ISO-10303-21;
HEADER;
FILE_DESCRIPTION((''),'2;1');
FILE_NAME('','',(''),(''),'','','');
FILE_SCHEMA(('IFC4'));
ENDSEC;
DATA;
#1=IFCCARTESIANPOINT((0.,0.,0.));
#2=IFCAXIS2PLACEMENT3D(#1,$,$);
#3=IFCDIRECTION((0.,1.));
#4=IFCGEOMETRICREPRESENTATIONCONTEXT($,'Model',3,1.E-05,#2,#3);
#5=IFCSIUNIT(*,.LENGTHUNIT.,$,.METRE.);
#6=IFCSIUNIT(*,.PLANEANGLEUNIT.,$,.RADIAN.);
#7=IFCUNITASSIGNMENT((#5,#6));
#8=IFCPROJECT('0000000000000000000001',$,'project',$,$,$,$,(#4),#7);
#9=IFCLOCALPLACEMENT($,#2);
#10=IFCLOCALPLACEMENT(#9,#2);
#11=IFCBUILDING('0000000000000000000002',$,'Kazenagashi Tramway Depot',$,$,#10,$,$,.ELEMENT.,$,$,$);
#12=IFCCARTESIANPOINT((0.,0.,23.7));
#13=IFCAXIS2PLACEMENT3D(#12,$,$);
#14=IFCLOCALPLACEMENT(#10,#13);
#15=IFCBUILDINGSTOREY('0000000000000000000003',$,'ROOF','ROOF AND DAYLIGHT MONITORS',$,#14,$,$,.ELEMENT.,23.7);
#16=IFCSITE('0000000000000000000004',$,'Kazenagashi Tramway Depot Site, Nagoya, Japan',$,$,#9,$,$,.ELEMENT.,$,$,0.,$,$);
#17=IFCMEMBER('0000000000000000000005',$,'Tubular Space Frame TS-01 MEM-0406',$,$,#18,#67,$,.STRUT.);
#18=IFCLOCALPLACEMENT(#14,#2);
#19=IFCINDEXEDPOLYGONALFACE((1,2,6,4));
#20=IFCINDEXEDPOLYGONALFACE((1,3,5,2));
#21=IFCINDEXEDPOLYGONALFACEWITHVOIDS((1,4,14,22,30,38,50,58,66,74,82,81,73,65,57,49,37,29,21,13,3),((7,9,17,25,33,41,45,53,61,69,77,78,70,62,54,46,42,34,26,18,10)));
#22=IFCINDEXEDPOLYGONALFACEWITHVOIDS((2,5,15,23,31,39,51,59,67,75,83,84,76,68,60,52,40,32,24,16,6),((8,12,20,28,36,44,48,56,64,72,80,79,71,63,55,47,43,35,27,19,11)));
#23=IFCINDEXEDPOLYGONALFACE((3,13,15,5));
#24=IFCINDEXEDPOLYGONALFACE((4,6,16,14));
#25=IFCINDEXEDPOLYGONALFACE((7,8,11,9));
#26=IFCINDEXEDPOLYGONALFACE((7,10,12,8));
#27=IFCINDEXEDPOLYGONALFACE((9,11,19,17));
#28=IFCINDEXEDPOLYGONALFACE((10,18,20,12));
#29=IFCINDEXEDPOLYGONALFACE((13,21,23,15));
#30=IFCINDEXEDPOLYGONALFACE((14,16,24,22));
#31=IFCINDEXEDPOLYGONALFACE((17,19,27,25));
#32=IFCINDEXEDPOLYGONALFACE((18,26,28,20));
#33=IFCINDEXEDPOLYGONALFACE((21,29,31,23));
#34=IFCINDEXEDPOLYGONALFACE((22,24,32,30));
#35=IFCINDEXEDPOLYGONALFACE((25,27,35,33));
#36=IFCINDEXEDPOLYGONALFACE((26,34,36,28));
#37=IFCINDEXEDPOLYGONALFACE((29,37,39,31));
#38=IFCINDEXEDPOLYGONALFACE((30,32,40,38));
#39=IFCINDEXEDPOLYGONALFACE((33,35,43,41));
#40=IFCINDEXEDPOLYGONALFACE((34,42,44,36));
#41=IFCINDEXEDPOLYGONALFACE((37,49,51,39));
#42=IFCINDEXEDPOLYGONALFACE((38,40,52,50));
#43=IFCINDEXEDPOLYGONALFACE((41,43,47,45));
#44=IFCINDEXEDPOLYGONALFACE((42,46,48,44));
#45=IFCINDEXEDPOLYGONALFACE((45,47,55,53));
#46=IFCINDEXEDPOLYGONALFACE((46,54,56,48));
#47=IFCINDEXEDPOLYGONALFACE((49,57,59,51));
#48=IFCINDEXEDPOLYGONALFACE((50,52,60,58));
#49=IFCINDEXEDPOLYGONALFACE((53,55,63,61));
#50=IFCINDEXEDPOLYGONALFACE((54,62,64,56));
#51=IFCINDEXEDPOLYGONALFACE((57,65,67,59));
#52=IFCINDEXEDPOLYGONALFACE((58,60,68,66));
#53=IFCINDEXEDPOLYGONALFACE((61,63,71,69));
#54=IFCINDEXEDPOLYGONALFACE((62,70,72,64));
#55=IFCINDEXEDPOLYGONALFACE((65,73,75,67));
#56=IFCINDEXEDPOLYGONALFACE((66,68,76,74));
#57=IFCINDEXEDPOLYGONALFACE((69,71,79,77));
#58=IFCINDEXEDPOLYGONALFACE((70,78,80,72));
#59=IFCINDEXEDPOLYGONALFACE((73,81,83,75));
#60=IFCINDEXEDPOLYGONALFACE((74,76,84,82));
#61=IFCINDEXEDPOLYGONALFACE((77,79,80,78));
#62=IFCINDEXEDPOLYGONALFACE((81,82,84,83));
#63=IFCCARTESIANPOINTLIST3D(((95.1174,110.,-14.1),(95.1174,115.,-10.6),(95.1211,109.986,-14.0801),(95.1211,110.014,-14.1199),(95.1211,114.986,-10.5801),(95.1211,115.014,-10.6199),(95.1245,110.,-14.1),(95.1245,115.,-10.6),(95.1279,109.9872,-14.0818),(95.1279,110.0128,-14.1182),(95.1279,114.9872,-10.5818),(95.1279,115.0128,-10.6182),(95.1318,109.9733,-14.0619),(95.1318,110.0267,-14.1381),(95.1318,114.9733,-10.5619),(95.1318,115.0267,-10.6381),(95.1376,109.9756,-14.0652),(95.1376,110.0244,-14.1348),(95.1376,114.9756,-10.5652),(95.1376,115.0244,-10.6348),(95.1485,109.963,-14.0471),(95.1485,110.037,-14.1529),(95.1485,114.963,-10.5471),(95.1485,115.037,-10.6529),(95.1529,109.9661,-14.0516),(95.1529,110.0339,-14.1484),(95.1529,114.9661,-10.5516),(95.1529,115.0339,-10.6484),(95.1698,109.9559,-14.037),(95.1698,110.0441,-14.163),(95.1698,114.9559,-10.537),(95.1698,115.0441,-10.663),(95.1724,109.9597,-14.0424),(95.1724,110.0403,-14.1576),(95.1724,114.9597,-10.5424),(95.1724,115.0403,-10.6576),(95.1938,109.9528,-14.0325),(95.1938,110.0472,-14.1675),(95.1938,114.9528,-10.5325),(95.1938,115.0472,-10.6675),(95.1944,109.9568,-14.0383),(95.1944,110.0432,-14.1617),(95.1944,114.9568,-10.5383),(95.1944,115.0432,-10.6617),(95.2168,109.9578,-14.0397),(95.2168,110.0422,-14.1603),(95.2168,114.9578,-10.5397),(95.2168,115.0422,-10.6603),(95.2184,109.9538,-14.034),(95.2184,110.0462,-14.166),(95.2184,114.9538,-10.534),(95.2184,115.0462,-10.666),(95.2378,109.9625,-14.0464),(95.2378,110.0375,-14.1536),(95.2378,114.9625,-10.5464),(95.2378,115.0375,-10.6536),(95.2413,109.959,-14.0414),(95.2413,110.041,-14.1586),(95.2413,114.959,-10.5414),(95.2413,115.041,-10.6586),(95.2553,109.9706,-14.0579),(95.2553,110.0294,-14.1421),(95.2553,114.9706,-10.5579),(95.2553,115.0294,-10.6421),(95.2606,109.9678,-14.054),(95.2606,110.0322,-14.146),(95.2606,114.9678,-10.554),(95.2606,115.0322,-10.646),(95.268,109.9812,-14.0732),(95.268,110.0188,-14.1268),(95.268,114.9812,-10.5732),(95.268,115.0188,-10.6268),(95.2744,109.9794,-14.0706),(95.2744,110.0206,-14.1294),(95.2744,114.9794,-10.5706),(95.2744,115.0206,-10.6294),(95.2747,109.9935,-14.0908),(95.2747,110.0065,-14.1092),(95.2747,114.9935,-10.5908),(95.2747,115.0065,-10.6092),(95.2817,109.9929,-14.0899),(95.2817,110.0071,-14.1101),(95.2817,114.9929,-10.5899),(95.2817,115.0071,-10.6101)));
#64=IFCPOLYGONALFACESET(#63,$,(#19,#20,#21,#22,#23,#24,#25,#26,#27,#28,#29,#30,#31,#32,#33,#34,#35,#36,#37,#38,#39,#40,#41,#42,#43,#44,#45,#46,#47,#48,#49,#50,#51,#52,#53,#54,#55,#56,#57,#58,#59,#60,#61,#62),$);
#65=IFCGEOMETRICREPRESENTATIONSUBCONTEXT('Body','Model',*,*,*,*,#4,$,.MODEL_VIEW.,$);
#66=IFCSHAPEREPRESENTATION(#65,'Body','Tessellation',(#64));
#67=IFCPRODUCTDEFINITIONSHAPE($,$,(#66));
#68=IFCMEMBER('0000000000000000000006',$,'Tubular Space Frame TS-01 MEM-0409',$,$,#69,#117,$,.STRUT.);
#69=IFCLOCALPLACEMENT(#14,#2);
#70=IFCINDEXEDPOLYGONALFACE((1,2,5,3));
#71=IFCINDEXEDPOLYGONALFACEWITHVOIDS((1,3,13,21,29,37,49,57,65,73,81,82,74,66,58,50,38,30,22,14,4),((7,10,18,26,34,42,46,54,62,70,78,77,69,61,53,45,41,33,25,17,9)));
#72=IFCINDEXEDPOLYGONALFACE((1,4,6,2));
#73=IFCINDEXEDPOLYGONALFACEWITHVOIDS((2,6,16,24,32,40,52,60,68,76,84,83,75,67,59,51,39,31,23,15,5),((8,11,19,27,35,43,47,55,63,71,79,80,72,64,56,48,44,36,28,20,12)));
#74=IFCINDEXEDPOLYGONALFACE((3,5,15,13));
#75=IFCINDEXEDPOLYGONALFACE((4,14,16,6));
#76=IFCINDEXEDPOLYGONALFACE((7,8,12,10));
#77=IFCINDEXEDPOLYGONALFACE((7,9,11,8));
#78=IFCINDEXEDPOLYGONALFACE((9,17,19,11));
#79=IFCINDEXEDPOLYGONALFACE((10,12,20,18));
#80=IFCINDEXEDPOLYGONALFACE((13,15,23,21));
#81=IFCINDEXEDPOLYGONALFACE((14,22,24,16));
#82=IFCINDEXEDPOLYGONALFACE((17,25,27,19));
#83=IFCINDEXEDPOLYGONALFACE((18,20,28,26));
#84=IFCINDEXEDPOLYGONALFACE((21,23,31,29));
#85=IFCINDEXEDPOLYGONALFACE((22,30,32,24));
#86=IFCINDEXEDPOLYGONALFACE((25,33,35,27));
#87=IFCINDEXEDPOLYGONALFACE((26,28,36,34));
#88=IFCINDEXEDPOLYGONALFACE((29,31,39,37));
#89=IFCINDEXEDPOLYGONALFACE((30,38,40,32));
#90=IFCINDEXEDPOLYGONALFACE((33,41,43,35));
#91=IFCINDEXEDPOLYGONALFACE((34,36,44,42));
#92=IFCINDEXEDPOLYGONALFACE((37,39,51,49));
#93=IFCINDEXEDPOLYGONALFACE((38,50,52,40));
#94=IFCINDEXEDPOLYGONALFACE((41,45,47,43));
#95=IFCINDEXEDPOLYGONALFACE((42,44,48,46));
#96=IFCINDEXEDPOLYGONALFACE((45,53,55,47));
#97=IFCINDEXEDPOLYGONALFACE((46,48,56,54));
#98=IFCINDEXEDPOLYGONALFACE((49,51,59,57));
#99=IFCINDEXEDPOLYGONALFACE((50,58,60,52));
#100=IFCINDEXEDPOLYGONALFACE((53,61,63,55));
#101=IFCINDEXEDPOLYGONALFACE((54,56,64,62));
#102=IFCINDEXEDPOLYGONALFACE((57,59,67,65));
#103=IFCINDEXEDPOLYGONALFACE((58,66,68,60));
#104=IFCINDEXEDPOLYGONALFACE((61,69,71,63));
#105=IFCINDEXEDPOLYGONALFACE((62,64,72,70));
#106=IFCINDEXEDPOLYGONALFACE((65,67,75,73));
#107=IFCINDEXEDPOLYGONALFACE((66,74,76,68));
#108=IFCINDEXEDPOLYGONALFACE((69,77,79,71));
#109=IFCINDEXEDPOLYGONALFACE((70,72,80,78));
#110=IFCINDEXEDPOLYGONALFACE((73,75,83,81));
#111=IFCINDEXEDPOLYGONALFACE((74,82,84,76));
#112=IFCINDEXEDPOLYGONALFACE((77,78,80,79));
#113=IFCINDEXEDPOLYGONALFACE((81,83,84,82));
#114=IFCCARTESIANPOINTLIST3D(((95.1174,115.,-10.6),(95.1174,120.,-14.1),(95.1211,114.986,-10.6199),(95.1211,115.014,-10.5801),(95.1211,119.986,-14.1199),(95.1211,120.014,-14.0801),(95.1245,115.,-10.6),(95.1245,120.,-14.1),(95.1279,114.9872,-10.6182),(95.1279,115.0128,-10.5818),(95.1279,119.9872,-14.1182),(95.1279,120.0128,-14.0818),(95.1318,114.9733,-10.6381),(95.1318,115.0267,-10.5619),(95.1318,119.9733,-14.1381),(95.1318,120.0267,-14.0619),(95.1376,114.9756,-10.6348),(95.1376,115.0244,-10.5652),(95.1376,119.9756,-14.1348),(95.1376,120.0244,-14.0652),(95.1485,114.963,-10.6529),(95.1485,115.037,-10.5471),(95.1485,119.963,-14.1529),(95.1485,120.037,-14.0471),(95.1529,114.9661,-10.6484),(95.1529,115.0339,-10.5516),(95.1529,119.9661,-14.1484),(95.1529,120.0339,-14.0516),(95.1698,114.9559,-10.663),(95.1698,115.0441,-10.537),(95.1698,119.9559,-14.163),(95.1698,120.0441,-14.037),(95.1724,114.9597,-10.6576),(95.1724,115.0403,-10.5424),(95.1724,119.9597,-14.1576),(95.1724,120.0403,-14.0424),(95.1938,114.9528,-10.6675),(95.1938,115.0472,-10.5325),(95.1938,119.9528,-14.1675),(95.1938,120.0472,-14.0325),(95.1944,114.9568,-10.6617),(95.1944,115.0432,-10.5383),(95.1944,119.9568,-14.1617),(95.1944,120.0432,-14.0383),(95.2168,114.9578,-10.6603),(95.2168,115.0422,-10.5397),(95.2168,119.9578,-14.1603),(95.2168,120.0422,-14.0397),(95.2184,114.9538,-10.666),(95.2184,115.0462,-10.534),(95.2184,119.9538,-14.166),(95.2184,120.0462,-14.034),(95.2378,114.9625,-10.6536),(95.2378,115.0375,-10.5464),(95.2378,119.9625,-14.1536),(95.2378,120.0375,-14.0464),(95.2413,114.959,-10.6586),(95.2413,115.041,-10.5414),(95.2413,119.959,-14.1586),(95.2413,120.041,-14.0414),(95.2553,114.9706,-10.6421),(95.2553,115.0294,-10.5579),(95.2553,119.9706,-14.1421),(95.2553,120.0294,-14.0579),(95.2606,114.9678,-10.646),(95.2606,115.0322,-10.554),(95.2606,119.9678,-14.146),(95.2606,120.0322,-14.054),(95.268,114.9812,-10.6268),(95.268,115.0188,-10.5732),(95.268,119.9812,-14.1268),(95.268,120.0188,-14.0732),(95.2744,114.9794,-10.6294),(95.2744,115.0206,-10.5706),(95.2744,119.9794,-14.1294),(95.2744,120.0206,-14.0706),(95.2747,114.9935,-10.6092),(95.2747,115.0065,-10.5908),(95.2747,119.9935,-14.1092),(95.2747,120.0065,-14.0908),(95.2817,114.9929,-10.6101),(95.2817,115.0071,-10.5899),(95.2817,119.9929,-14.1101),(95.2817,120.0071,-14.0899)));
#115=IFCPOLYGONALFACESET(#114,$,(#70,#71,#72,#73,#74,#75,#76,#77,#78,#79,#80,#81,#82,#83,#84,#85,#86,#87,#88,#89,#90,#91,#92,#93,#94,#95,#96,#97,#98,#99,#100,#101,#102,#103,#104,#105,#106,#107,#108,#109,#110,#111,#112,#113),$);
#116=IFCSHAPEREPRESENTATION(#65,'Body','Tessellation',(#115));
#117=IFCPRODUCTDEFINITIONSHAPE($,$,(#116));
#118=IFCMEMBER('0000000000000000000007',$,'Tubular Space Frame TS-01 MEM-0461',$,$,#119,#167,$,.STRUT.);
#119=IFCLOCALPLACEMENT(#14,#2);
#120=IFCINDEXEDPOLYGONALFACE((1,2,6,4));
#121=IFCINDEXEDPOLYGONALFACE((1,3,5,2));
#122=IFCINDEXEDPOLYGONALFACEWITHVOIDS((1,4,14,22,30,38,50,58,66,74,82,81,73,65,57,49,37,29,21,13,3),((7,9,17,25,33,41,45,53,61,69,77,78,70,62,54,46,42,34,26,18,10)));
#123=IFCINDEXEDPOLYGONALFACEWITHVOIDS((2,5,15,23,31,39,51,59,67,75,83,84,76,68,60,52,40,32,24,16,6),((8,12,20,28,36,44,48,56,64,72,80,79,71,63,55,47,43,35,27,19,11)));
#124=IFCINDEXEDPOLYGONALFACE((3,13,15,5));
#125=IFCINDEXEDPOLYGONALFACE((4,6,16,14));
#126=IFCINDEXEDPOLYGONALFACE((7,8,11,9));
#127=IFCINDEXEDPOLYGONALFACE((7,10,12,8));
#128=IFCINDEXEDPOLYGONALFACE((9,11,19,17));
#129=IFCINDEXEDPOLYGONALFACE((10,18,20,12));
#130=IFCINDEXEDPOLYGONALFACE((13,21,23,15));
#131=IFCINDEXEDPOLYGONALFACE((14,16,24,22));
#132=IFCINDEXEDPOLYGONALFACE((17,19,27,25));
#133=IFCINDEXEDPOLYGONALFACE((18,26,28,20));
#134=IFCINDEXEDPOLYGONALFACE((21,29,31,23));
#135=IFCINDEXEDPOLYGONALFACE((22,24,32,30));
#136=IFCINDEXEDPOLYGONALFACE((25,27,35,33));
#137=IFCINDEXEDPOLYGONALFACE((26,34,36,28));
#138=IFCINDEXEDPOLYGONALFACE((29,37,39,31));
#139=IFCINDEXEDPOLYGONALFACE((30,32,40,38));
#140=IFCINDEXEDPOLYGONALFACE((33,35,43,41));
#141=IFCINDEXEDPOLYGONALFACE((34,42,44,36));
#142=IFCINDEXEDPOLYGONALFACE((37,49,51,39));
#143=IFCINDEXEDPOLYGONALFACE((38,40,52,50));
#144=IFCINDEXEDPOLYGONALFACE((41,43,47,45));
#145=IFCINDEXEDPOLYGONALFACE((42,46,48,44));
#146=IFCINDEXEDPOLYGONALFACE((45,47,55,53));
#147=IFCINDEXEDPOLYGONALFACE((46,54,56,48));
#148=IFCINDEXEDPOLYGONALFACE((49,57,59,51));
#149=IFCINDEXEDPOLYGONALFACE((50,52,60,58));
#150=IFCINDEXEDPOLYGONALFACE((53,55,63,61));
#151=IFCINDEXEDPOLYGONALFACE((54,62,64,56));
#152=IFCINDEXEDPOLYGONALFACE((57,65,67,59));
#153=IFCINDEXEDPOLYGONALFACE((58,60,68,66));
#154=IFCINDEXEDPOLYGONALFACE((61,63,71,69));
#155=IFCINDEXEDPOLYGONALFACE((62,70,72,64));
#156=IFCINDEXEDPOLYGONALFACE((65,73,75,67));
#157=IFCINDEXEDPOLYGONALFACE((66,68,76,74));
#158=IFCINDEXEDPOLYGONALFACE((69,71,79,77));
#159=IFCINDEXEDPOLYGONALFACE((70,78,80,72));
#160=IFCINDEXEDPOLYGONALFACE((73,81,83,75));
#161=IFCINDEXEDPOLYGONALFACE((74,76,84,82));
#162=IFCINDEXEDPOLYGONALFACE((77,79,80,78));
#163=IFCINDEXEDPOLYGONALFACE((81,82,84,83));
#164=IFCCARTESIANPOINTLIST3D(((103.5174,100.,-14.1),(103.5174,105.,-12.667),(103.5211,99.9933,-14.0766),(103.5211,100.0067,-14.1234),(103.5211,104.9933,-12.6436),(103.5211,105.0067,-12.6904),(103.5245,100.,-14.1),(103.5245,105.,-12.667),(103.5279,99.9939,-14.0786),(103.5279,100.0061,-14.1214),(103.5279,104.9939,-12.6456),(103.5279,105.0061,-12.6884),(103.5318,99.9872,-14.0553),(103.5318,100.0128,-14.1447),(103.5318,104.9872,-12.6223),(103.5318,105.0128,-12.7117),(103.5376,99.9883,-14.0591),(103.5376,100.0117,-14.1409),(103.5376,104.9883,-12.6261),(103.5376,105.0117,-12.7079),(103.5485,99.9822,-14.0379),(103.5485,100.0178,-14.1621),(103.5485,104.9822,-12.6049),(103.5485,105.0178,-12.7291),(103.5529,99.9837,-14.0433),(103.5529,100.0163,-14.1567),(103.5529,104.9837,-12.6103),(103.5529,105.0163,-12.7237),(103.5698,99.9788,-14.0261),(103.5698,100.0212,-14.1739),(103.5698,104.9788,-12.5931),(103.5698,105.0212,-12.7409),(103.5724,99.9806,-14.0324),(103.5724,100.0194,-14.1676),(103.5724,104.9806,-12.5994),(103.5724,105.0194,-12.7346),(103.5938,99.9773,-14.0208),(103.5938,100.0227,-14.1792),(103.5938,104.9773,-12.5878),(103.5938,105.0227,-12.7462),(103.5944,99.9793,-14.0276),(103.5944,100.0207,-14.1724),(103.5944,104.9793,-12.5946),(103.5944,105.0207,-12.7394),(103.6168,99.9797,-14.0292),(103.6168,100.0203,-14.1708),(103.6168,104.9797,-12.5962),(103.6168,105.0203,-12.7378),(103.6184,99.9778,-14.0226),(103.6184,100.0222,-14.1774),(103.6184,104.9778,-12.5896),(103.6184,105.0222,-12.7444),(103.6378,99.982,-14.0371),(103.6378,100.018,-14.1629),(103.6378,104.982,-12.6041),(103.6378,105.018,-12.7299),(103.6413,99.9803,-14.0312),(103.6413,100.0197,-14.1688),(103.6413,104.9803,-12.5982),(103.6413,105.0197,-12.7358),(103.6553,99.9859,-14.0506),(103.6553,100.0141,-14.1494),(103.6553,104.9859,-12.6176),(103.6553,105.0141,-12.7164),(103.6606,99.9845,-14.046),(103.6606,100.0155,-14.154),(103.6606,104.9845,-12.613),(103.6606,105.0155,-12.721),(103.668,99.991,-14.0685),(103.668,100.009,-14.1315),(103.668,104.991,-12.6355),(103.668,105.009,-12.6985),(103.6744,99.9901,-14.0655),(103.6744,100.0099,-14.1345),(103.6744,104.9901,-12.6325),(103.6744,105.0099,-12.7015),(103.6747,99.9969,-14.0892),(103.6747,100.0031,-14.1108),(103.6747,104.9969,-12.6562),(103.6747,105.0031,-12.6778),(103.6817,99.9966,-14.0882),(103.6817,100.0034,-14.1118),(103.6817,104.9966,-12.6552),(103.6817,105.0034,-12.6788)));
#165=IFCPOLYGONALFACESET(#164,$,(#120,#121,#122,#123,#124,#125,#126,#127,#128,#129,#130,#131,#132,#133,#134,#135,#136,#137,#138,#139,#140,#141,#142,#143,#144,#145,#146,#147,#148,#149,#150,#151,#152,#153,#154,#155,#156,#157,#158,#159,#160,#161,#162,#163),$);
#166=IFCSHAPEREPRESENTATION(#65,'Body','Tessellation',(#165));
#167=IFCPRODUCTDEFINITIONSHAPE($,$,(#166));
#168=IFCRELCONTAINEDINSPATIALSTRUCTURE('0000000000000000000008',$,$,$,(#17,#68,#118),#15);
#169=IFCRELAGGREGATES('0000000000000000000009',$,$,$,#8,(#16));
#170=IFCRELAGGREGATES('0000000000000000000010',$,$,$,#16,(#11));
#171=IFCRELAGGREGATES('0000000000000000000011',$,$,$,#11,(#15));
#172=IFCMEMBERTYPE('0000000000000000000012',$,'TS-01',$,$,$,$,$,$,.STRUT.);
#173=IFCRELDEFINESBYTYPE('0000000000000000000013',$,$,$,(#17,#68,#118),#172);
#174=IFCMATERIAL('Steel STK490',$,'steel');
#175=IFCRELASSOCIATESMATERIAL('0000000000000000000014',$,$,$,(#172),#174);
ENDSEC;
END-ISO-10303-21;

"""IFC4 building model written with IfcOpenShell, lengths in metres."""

from ifc_helpers import new_model, si_unit, direction, frame, origin, origin_2d, place, context, subcontext, project, spatial, hollow_circle, extrude, material, material_profile, profile_set, type_object, element, save


model = new_model("IFC4")

# Units and contexts
model_context = context("Model", 3, precision=1e-05, world=origin(), true_north=direction((0.0, 1.0)))
body_context = subcontext(model_context, "Body", "Model", "MODEL_VIEW")
ifc_project = project(units=[si_unit("LENGTHUNIT", "METRE"), si_unit("PLANEANGLEUNIT", "RADIAN")], contexts=[model_context])

# Site, building, storey
site_placement = place(None, origin())
site = spatial("IfcSite", under=ifc_project, at=site_placement, Name="Kazenagashi Tramway Depot Site, Nagoya, Japan", CompositionType="ELEMENT", RefElevation=0.0)
building_placement = place(site_placement, origin())
building = spatial("IfcBuilding", under=site, at=building_placement, Name="Kazenagashi Tramway Depot", CompositionType="ELEMENT")
storey_placement = place(building_placement, frame((0.0, 0.0, 23.7)))
storey = spatial("IfcBuildingStorey", under=building, at=storey_placement, Name="ROOF", Description="ROOF AND DAYLIGHT MONITORS", CompositionType="ELEMENT", Elevation=23.7)

# Members
ifc_material_1 = material(Name="Steel STK490", Category="steel")
ifc_material_profile_1 = material_profile(ifc_material_1, hollow_circle(Radius=0.0826, WallThickness=0.0071, at=origin_2d()), Name="CHS-165.2x7.1")
ifc_profile_set_1 = profile_set([ifc_material_profile_1], Name="Steel STK490")
member_type_1 = type_object("IfcMemberType", Name="TS-01", PredefinedType="STRUT", material=ifc_profile_set_1)
for number, where, z_axis, x_axis, name in (
    (1, (95.2, 110.0, -14.1), (0.0, 0.819232, 0.573462), (-1.0, 0.0, 0.0), "Tubular Space Frame TS-01 MEM-0406"),
    (2, (95.2, 115.0, -10.6), (0.0, 0.819232, -0.573462), (-1.0, 0.0, 0.0), "Tubular Space Frame TS-01 MEM-0409"),
):
    element("IfcMember", number, at=place(storey_placement, frame(where, z_axis=z_axis, x_axis=x_axis)), inside=storey, type_object=member_type_1, Name=name, PredefinedType="STRUT", context=body_context, shape_type="SweptSolid", body=[
        extrude(hollow_circle(Radius=0.0826, WallThickness=0.0071, at=origin_2d()), origin(), (0.0, 0.0, 1.0), 6.1033),
    ])
member_1_placement = place(storey_placement, frame((103.6, 100.0, -14.1), z_axis=(0.0, 0.961299, 0.275508), x_axis=(-1.0, 0.0, 0.0)))
element("IfcMember", 3, at=member_1_placement, inside=storey, type_object=member_type_1, Name="Tubular Space Frame TS-01 MEM-0461", PredefinedType="STRUT", context=body_context, shape_type="SweptSolid", body=[
    extrude(hollow_circle(Radius=0.0826, WallThickness=0.0071, at=origin_2d()), origin(), (0.0, 0.0, 1.0), 5.2013),
])

save(model, "model.ifc")
